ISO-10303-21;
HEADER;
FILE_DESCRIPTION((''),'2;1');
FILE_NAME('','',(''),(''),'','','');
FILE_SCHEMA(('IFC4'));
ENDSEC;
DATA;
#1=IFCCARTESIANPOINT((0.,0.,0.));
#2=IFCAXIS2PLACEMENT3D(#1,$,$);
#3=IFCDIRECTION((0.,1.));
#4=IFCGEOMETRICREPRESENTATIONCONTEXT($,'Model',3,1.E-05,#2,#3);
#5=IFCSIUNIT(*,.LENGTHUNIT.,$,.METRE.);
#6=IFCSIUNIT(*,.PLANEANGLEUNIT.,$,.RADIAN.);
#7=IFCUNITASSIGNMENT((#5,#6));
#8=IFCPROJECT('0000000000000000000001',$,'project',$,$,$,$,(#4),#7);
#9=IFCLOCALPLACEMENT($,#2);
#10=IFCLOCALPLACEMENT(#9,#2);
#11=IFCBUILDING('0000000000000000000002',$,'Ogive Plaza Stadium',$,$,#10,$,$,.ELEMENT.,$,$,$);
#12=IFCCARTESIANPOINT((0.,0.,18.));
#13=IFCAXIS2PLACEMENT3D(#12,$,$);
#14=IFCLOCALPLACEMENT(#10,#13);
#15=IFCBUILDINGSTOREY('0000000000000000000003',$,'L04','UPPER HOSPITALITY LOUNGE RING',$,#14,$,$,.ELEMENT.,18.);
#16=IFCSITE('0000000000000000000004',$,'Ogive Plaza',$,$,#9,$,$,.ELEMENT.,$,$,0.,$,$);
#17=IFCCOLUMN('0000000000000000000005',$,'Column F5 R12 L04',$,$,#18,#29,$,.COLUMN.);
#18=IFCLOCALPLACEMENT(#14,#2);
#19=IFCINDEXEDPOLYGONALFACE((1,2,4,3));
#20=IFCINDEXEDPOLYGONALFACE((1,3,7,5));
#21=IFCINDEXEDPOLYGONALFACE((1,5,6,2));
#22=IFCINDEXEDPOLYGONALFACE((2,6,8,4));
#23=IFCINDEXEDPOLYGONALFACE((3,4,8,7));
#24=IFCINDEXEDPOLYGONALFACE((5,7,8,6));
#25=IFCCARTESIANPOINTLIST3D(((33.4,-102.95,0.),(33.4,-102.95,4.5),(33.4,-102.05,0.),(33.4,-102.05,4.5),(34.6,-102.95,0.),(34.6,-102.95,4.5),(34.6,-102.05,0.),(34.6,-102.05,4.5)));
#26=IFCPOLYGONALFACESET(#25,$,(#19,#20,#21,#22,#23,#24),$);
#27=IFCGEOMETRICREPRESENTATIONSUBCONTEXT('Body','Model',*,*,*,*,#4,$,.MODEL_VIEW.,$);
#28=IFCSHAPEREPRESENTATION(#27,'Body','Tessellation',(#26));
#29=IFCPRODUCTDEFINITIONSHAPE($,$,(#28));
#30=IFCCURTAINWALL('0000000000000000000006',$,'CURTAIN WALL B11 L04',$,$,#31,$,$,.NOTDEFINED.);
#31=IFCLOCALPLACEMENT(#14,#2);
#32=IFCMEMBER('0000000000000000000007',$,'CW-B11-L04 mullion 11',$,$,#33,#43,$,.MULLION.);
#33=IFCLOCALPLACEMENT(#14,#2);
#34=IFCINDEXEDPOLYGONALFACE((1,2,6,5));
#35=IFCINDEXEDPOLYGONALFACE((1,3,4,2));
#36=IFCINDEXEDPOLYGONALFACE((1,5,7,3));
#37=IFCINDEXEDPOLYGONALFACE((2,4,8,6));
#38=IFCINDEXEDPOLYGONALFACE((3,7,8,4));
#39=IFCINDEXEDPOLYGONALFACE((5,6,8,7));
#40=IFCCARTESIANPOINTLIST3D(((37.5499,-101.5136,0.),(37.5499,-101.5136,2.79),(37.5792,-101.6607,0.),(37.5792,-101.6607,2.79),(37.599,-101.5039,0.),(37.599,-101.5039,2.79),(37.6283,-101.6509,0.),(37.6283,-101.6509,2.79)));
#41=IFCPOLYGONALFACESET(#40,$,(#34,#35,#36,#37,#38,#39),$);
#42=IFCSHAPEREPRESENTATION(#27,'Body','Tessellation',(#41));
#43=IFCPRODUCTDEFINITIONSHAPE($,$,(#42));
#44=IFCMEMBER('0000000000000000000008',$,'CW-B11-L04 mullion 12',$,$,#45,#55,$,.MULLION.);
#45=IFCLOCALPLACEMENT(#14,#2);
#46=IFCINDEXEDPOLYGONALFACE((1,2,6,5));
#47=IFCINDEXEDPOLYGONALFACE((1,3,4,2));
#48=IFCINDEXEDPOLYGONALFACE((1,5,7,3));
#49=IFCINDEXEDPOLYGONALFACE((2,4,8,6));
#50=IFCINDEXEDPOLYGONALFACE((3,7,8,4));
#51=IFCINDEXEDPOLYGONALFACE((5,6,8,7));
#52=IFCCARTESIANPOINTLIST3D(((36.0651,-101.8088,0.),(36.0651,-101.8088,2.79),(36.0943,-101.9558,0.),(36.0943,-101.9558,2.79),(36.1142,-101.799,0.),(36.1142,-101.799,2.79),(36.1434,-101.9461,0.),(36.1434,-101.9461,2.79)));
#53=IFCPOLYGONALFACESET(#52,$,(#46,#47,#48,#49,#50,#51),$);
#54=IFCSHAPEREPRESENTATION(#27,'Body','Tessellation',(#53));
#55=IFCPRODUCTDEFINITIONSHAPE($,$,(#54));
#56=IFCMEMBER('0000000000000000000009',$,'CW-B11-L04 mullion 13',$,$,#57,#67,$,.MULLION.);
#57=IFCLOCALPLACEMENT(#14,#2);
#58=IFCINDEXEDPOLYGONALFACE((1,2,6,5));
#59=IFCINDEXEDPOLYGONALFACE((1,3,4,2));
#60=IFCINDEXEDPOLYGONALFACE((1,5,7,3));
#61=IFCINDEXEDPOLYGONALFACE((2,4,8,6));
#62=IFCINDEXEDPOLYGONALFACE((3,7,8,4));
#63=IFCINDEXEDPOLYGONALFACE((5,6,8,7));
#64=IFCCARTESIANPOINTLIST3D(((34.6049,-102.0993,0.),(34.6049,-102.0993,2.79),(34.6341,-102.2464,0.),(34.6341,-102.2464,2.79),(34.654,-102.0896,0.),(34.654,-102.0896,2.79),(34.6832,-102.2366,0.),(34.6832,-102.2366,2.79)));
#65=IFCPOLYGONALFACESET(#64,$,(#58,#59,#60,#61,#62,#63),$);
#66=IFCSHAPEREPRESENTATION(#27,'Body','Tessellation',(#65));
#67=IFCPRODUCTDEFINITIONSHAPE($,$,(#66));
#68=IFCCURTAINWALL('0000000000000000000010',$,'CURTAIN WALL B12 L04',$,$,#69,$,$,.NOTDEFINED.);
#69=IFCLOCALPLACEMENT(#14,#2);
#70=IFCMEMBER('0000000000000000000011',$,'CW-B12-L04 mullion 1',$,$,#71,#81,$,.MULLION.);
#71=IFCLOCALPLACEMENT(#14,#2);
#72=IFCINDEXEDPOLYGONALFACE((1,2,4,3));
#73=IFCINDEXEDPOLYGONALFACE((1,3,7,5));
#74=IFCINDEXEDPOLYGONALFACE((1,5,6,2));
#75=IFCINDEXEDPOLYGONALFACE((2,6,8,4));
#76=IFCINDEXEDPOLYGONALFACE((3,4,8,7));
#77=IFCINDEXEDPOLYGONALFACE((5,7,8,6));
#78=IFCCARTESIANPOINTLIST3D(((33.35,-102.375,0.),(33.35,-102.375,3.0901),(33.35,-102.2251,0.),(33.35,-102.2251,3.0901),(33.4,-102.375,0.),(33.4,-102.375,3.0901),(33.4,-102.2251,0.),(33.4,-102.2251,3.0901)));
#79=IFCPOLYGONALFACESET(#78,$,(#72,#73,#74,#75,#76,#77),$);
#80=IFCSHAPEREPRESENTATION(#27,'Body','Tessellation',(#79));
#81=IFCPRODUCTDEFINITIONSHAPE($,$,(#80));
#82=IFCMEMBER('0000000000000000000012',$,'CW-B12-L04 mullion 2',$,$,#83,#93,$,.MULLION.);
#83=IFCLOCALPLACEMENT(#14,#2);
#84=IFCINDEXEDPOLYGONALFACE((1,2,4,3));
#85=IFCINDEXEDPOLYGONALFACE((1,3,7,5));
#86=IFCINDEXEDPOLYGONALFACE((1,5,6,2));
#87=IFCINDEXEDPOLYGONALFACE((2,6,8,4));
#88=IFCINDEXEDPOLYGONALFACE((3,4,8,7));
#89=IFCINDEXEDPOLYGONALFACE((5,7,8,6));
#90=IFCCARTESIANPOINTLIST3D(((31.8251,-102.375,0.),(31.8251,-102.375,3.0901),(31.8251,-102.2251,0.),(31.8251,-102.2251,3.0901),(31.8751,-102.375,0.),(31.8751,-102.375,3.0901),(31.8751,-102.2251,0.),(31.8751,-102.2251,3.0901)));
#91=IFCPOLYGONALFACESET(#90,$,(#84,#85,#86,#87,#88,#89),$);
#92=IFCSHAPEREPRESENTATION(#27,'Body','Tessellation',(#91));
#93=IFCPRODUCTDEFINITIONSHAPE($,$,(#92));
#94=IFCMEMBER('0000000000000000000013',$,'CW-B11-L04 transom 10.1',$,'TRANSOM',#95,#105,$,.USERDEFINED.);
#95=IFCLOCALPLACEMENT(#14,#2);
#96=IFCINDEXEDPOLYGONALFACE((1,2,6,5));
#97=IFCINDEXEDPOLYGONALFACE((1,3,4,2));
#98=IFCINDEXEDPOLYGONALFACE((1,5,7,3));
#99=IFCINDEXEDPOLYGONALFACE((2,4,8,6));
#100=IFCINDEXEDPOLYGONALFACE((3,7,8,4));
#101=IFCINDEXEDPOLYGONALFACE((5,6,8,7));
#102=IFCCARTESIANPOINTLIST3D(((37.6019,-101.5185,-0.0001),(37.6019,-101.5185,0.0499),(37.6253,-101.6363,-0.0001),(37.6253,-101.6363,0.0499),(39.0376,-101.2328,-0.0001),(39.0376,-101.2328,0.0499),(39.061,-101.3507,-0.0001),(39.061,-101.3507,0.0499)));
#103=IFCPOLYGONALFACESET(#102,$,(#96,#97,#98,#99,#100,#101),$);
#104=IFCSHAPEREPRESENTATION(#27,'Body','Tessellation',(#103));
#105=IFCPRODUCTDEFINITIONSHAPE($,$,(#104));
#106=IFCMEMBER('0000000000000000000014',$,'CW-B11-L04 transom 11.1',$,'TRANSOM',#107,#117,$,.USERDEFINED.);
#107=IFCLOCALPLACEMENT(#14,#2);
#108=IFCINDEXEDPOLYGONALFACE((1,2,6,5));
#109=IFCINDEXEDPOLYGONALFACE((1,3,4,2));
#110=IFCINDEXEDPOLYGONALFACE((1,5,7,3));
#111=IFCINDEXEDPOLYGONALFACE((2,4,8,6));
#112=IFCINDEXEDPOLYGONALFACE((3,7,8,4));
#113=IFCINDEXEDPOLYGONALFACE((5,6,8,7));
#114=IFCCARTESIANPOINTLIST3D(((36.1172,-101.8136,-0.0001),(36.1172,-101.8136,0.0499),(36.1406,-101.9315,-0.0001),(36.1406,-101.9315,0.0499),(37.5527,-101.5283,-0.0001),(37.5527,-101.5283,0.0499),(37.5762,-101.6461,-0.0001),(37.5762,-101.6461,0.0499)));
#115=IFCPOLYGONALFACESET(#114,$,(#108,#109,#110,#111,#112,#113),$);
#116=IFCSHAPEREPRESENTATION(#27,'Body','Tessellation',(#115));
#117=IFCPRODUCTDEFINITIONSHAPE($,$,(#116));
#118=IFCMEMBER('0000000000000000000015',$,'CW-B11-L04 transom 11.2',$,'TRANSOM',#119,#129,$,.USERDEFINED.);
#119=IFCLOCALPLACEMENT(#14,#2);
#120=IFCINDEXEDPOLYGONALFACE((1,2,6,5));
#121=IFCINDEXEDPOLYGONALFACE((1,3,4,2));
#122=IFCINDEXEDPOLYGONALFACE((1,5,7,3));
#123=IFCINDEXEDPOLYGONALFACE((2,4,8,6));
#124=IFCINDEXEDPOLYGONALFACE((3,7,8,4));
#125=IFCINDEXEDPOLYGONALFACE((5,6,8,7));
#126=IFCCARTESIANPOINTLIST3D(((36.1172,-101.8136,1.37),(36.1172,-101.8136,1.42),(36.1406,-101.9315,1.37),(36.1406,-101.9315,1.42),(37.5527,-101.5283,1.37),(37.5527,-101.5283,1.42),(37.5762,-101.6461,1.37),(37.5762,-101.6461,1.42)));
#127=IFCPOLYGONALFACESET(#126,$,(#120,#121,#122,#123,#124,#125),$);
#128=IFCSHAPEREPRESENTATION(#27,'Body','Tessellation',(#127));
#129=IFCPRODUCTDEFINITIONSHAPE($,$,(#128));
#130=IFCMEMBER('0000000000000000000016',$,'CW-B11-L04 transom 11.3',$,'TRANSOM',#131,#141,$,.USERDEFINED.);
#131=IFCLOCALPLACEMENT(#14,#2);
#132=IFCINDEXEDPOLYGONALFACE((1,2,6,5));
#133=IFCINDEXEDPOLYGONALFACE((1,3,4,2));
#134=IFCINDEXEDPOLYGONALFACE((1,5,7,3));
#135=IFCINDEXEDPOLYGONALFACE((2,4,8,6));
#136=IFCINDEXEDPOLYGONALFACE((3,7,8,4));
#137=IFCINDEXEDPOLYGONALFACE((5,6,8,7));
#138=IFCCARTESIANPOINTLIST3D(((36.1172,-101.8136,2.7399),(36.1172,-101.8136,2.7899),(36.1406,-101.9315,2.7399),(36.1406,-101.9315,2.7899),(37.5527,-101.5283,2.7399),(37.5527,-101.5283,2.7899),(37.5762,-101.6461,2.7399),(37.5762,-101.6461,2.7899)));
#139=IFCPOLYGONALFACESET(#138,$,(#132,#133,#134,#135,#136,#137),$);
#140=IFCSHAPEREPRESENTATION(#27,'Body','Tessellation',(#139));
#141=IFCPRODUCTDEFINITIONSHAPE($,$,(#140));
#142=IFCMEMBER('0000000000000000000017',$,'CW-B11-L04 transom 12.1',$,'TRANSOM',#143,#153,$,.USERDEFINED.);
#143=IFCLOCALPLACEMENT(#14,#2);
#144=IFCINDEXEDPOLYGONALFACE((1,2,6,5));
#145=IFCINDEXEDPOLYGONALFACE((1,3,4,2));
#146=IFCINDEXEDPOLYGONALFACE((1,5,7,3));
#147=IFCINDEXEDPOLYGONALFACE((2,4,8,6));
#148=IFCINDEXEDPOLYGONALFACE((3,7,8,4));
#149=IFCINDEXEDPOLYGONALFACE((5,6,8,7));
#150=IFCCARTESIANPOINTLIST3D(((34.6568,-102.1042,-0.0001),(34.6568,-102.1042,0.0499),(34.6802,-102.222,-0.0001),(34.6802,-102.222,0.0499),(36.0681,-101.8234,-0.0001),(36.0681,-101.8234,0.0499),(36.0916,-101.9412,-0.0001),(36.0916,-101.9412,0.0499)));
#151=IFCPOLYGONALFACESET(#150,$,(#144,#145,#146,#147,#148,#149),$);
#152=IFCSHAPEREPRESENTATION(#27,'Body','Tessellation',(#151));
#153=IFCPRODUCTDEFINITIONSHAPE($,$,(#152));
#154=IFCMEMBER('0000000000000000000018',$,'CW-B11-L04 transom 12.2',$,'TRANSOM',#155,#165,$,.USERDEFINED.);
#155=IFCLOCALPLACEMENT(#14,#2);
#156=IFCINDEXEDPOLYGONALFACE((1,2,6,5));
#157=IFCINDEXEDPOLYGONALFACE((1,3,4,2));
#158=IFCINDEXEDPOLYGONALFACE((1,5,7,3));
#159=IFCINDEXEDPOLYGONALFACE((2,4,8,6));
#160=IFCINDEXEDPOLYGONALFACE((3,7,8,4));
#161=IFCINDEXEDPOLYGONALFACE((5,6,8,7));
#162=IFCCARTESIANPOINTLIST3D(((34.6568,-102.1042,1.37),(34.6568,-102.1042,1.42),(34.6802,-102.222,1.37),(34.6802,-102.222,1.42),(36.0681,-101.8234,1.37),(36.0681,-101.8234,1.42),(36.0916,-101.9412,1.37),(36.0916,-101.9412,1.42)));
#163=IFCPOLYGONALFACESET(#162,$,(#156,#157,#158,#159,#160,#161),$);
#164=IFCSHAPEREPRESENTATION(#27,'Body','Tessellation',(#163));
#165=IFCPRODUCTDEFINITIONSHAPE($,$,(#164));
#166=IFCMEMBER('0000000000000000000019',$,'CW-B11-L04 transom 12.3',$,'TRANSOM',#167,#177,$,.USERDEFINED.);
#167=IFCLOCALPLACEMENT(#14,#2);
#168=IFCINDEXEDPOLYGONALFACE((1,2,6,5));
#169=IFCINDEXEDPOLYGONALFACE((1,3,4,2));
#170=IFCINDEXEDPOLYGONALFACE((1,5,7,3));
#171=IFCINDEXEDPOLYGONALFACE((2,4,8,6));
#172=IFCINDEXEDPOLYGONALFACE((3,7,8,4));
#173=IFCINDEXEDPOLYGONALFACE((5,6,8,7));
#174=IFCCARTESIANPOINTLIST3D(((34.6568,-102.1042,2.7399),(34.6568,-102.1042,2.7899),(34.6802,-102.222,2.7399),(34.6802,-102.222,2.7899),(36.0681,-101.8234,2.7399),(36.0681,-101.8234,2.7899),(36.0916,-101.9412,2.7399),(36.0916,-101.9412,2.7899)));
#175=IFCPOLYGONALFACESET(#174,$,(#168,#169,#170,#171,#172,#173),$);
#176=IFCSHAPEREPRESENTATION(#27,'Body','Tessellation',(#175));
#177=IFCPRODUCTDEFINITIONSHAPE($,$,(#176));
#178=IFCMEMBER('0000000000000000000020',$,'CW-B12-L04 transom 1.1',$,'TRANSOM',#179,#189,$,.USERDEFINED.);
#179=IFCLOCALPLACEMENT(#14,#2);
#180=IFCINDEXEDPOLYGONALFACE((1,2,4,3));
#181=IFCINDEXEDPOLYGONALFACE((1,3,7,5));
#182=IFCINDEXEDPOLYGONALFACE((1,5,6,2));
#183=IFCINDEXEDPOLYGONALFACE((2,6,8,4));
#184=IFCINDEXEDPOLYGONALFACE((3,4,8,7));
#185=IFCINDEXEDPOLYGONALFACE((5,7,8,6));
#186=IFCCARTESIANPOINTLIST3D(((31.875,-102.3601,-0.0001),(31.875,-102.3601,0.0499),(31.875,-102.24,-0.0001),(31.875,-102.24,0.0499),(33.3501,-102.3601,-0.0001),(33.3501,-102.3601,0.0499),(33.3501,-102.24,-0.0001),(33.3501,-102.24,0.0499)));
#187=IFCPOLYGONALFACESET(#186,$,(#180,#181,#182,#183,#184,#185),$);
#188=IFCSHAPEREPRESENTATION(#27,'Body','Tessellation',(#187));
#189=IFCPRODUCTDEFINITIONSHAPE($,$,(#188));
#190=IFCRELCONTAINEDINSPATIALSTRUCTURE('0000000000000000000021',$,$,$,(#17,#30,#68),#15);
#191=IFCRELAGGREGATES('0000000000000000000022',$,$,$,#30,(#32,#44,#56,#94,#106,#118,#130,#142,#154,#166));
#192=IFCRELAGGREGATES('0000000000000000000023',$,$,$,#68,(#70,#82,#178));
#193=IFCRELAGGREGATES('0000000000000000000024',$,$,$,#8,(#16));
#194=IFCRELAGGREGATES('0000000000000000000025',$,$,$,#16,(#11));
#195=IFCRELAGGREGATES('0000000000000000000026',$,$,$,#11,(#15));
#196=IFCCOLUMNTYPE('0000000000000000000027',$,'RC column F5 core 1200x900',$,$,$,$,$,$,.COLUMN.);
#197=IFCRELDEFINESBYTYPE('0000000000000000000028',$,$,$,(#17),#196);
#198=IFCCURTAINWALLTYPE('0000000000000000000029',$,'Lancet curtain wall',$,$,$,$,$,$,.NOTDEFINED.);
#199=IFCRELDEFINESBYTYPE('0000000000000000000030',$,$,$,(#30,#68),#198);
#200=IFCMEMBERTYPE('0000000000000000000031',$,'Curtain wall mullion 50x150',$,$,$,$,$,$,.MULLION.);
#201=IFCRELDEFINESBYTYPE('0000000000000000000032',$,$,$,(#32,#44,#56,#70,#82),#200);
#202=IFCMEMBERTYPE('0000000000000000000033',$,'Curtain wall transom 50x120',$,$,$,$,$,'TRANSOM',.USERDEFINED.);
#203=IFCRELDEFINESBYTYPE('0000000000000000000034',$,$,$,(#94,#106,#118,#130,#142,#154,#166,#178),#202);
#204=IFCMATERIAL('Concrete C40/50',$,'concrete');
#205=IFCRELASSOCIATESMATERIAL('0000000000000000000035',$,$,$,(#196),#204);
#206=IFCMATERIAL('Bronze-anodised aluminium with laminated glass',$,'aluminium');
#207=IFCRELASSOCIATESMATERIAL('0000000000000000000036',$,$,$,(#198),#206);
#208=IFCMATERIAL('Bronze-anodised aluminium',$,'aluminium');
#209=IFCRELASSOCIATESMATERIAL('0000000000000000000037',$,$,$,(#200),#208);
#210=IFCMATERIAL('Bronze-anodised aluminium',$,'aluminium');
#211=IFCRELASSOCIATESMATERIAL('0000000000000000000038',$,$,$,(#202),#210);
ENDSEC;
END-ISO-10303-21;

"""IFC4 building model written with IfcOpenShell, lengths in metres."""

from ifc_helpers import new_model, si_unit, direction, frame, origin, origin_2d, place, context, subcontext, project, spatial, rectangle, extrude, material, material_profile, profile_set, type_object, element, aggregate, save


model = new_model("IFC4")

# Units and contexts
model_context = context("Model", 3, precision=1e-05, world=origin(), true_north=direction((0.0, 1.0)))
body_context = subcontext(model_context, "Body", "Model", "MODEL_VIEW")
ifc_project = project(units=[si_unit("LENGTHUNIT", "METRE"), si_unit("PLANEANGLEUNIT", "RADIAN")], contexts=[model_context])

# Site, building, storey
site_placement = place(None, origin())
site = spatial("IfcSite", under=ifc_project, at=site_placement, Name="Ogive Plaza", CompositionType="ELEMENT", RefElevation=0.0)
building_placement = place(site_placement, origin())
building = spatial("IfcBuilding", under=site, at=building_placement, Name="Ogive Plaza Stadium", CompositionType="ELEMENT")
storey_placement = place(building_placement, frame((0.0, 0.0, 18.0)))
storey = spatial("IfcBuildingStorey", under=building, at=storey_placement, Name="L04", Description="UPPER HOSPITALITY LOUNGE RING", CompositionType="ELEMENT", Elevation=18.0)

# Column
ifc_material_1 = material(Name="Concrete C40/50", Category="concrete")
ifc_material_profile_1 = material_profile(ifc_material_1, rectangle(XDim=1.2, YDim=0.8999, at=origin_2d()), Name="RC 1200x900")
ifc_profile_set_1 = profile_set([ifc_material_profile_1], Name="Concrete C40/50")
column_type = type_object("IfcColumnType", Name="RC column F5 core 1200x900", PredefinedType="COLUMN", material=ifc_profile_set_1)
column_placement = place(storey_placement, frame((34.0, -102.5, 0.0), z_axis=(0.0, 0.0, 1.0), x_axis=(1.0, 0.0, 0.0)))
element("IfcColumn", 1, at=column_placement, inside=storey, type_object=column_type, Name="Column F5 R12 L04", PredefinedType="COLUMN", context=body_context, shape_type="SweptSolid", body=[
    extrude(rectangle(XDim=1.2, YDim=0.8999, at=origin_2d()), origin(), (0.0, 0.0, 1.0), 4.5),
])

# Curtain walls, members
ifc_material_2 = material(Name="Bronze-anodised aluminium with laminated glass", Category="aluminium")
curtain_wall_type = type_object("IfcCurtainWallType", Name="Lancet curtain wall", PredefinedType="NOTDEFINED", material=ifc_material_2)
curtain_wall_1_placement = place(storey_placement, origin())
curtain_wall_1 = element("IfcCurtainWall", 2, at=curtain_wall_1_placement, inside=storey, type_object=curtain_wall_type, Name="CURTAIN WALL B11 L04", PredefinedType="NOTDEFINED")
ifc_material_3 = material(Name="Bronze-anodised aluminium", Category="aluminium")
ifc_material_profile_2 = material_profile(ifc_material_3, rectangle(XDim=0.1499, YDim=0.05, at=origin_2d()), Name="AL 150x50")
ifc_profile_set_2 = profile_set([ifc_material_profile_2], Name="Bronze-anodised aluminium")
member_type_1 = type_object("IfcMemberType", Name="Curtain wall mullion 50x150", PredefinedType="MULLION", material=ifc_profile_set_2)
member_1_placement = place(storey_placement, frame((37.5891, -101.5823, 0.0), z_axis=(0.0, 0.0, 1.0), x_axis=(0.19509, -0.980785, 0.0)))
member_1 = element("IfcMember", 3, at=member_1_placement, type_object=member_type_1, Name="CW-B11-L04 mullion 11", PredefinedType="MULLION", context=body_context, shape_type="SweptSolid", body=[
    extrude(rectangle(XDim=0.1499, YDim=0.05, at=origin_2d()), origin(), (0.0, 0.0, 1.0), 2.79),
])
member_2_placement = place(storey_placement, frame((36.1042, -101.8774, 0.0), z_axis=(0.0, 0.0, 1.0), x_axis=(0.19509, -0.980785, 0.0)))
member_2 = element("IfcMember", 4, at=member_2_placement, type_object=member_type_1, Name="CW-B11-L04 mullion 12", PredefinedType="MULLION", context=body_context, shape_type="SweptSolid", body=[
    extrude(rectangle(XDim=0.1499, YDim=0.05, at=origin_2d()), origin(), (0.0, 0.0, 1.0), 2.79),
])
member_3_placement = place(storey_placement, frame((34.644, -102.168, 0.0), z_axis=(0.0, 0.0, 1.0), x_axis=(0.19509, -0.980785, 0.0)))
member_3 = element("IfcMember", 5, at=member_3_placement, type_object=member_type_1, Name="CW-B11-L04 mullion 13", PredefinedType="MULLION", context=body_context, shape_type="SweptSolid", body=[
    extrude(rectangle(XDim=0.1499, YDim=0.05, at=origin_2d()), origin(), (0.0, 0.0, 1.0), 2.79),
])
curtain_wall_2_placement = place(storey_placement, origin())
curtain_wall_2 = element("IfcCurtainWall", 6, at=curtain_wall_2_placement, inside=storey, type_object=curtain_wall_type, Name="CURTAIN WALL B12 L04", PredefinedType="NOTDEFINED")
member_4_placement = place(storey_placement, frame((33.375, -102.3, 0.0), z_axis=(0.0, 0.0, 1.0), x_axis=(0.0, -1.0, 0.0)))
member_4 = element("IfcMember", 7, at=member_4_placement, type_object=member_type_1, Name="CW-B12-L04 mullion 1", PredefinedType="MULLION", context=body_context, shape_type="SweptSolid", body=[
    extrude(rectangle(XDim=0.1499, YDim=0.05, at=origin_2d()), origin(), (0.0, 0.0, 1.0), 3.0901),
])
member_5_placement = place(storey_placement, frame((31.8501, -102.3, 0.0), z_axis=(0.0, 0.0, 1.0), x_axis=(0.0, -1.0, 0.0)))
member_5 = element("IfcMember", 8, at=member_5_placement, type_object=member_type_1, Name="CW-B12-L04 mullion 2", PredefinedType="MULLION", context=body_context, shape_type="SweptSolid", body=[
    extrude(rectangle(XDim=0.1499, YDim=0.05, at=origin_2d()), origin(), (0.0, 0.0, 1.0), 3.0901),
])

# Members
ifc_material_4 = material(Name="Bronze-anodised aluminium", Category="aluminium")
ifc_material_profile_3 = material_profile(ifc_material_4, rectangle(XDim=0.1201, YDim=0.05, at=origin_2d()), Name="AL 120x50")
ifc_profile_set_3 = profile_set([ifc_material_profile_3], Name="Bronze-anodised aluminium")
member_type_2 = type_object("IfcMemberType", Name="Curtain wall transom 50x120", ElementType="TRANSOM", PredefinedType="USERDEFINED", material=ifc_profile_set_3)
member_6_placement = place(storey_placement, frame((39.0493, -101.2917, 0.0249), z_axis=(-0.980779, -0.195122, 0.0), x_axis=(0.195122, -0.980779, 0.0)))
member_6 = element("IfcMember", 9, at=member_6_placement, type_object=member_type_2, Name="CW-B11-L04 transom 10.1", ObjectType="TRANSOM", PredefinedType="USERDEFINED", context=body_context, shape_type="SweptSolid", body=[
    extrude(rectangle(XDim=0.1201, YDim=0.05, at=origin_2d()), origin(), (0.0, 0.0, 1.0), 1.4639),
])
member_7_placement = place(storey_placement, frame((37.5645, -101.5872, 0.0249), z_axis=(-0.980805, -0.194993, 0.0), x_axis=(0.194993, -0.980805, 0.0)))
member_7 = element("IfcMember", 10, at=member_7_placement, type_object=member_type_2, Name="CW-B11-L04 transom 11.1", ObjectType="TRANSOM", PredefinedType="USERDEFINED", context=body_context, shape_type="SweptSolid", body=[
    extrude(rectangle(XDim=0.1201, YDim=0.05, at=origin_2d()), origin(), (0.0, 0.0, 1.0), 1.4636),
])
member_8_placement = place(storey_placement, frame((37.5645, -101.5872, 1.395), z_axis=(-0.980805, -0.194993, 0.0), x_axis=(0.194993, -0.980805, 0.0)))
member_8 = element("IfcMember", 11, at=member_8_placement, type_object=member_type_2, Name="CW-B11-L04 transom 11.2", ObjectType="TRANSOM", PredefinedType="USERDEFINED", context=body_context, shape_type="SweptSolid", body=[
    extrude(rectangle(XDim=0.1201, YDim=0.05, at=origin_2d()), origin(), (0.0, 0.0, 1.0), 1.4636),
])
member_9_placement = place(storey_placement, frame((37.5645, -101.5872, 2.7649), z_axis=(-0.980805, -0.194993, 0.0), x_axis=(0.194993, -0.980805, 0.0)))
member_9 = element("IfcMember", 12, at=member_9_placement, type_object=member_type_2, Name="CW-B11-L04 transom 11.3", ObjectType="TRANSOM", PredefinedType="USERDEFINED", context=body_context, shape_type="SweptSolid", body=[
    extrude(rectangle(XDim=0.1201, YDim=0.05, at=origin_2d()), origin(), (0.0, 0.0, 1.0), 1.4636),
])
member_10_placement = place(storey_placement, frame((36.0798, -101.8823, 0.0249), z_axis=(-0.980782, -0.195105, 0.0), x_axis=(0.195105, -0.980782, 0.0)))
member_10 = element("IfcMember", 13, at=member_10_placement, type_object=member_type_2, Name="CW-B11-L04 transom 12.1", ObjectType="TRANSOM", PredefinedType="USERDEFINED", context=body_context, shape_type="SweptSolid", body=[
    extrude(rectangle(XDim=0.1201, YDim=0.05, at=origin_2d()), origin(), (0.0, 0.0, 1.0), 1.439),
])
member_11_placement = place(storey_placement, frame((36.0798, -101.8823, 1.395), z_axis=(-0.980782, -0.195105, 0.0), x_axis=(0.195105, -0.980782, 0.0)))
member_11 = element("IfcMember", 14, at=member_11_placement, type_object=member_type_2, Name="CW-B11-L04 transom 12.2", ObjectType="TRANSOM", PredefinedType="USERDEFINED", context=body_context, shape_type="SweptSolid", body=[
    extrude(rectangle(XDim=0.1201, YDim=0.05, at=origin_2d()), origin(), (0.0, 0.0, 1.0), 1.439),
])
member_12_placement = place(storey_placement, frame((36.0798, -101.8823, 2.7649), z_axis=(-0.980782, -0.195105, 0.0), x_axis=(0.195105, -0.980782, 0.0)))
member_12 = element("IfcMember", 15, at=member_12_placement, type_object=member_type_2, Name="CW-B11-L04 transom 12.3", ObjectType="TRANSOM", PredefinedType="USERDEFINED", context=body_context, shape_type="SweptSolid", body=[
    extrude(rectangle(XDim=0.1201, YDim=0.05, at=origin_2d()), origin(), (0.0, 0.0, 1.0), 1.439),
])
member_13_placement = place(storey_placement, frame((33.3501, -102.3, 0.0249), z_axis=(-1.0, 0.0, 0.0), x_axis=(0.0, -1.0, 0.0)))
member_13 = element("IfcMember", 16, at=member_13_placement, type_object=member_type_2, Name="CW-B12-L04 transom 1.1", ObjectType="TRANSOM", PredefinedType="USERDEFINED", context=body_context, shape_type="SweptSolid", body=[
    extrude(rectangle(XDim=0.1201, YDim=0.05, at=origin_2d()), origin(), (0.0, 0.0, 1.0), 1.4751),
])

aggregate(curtain_wall_1, [member_1, member_2, member_3, member_6, member_7, member_8, member_9, member_10, member_11, member_12])
aggregate(curtain_wall_2, [member_4, member_5, member_13])

save(model, "model.ifc")
